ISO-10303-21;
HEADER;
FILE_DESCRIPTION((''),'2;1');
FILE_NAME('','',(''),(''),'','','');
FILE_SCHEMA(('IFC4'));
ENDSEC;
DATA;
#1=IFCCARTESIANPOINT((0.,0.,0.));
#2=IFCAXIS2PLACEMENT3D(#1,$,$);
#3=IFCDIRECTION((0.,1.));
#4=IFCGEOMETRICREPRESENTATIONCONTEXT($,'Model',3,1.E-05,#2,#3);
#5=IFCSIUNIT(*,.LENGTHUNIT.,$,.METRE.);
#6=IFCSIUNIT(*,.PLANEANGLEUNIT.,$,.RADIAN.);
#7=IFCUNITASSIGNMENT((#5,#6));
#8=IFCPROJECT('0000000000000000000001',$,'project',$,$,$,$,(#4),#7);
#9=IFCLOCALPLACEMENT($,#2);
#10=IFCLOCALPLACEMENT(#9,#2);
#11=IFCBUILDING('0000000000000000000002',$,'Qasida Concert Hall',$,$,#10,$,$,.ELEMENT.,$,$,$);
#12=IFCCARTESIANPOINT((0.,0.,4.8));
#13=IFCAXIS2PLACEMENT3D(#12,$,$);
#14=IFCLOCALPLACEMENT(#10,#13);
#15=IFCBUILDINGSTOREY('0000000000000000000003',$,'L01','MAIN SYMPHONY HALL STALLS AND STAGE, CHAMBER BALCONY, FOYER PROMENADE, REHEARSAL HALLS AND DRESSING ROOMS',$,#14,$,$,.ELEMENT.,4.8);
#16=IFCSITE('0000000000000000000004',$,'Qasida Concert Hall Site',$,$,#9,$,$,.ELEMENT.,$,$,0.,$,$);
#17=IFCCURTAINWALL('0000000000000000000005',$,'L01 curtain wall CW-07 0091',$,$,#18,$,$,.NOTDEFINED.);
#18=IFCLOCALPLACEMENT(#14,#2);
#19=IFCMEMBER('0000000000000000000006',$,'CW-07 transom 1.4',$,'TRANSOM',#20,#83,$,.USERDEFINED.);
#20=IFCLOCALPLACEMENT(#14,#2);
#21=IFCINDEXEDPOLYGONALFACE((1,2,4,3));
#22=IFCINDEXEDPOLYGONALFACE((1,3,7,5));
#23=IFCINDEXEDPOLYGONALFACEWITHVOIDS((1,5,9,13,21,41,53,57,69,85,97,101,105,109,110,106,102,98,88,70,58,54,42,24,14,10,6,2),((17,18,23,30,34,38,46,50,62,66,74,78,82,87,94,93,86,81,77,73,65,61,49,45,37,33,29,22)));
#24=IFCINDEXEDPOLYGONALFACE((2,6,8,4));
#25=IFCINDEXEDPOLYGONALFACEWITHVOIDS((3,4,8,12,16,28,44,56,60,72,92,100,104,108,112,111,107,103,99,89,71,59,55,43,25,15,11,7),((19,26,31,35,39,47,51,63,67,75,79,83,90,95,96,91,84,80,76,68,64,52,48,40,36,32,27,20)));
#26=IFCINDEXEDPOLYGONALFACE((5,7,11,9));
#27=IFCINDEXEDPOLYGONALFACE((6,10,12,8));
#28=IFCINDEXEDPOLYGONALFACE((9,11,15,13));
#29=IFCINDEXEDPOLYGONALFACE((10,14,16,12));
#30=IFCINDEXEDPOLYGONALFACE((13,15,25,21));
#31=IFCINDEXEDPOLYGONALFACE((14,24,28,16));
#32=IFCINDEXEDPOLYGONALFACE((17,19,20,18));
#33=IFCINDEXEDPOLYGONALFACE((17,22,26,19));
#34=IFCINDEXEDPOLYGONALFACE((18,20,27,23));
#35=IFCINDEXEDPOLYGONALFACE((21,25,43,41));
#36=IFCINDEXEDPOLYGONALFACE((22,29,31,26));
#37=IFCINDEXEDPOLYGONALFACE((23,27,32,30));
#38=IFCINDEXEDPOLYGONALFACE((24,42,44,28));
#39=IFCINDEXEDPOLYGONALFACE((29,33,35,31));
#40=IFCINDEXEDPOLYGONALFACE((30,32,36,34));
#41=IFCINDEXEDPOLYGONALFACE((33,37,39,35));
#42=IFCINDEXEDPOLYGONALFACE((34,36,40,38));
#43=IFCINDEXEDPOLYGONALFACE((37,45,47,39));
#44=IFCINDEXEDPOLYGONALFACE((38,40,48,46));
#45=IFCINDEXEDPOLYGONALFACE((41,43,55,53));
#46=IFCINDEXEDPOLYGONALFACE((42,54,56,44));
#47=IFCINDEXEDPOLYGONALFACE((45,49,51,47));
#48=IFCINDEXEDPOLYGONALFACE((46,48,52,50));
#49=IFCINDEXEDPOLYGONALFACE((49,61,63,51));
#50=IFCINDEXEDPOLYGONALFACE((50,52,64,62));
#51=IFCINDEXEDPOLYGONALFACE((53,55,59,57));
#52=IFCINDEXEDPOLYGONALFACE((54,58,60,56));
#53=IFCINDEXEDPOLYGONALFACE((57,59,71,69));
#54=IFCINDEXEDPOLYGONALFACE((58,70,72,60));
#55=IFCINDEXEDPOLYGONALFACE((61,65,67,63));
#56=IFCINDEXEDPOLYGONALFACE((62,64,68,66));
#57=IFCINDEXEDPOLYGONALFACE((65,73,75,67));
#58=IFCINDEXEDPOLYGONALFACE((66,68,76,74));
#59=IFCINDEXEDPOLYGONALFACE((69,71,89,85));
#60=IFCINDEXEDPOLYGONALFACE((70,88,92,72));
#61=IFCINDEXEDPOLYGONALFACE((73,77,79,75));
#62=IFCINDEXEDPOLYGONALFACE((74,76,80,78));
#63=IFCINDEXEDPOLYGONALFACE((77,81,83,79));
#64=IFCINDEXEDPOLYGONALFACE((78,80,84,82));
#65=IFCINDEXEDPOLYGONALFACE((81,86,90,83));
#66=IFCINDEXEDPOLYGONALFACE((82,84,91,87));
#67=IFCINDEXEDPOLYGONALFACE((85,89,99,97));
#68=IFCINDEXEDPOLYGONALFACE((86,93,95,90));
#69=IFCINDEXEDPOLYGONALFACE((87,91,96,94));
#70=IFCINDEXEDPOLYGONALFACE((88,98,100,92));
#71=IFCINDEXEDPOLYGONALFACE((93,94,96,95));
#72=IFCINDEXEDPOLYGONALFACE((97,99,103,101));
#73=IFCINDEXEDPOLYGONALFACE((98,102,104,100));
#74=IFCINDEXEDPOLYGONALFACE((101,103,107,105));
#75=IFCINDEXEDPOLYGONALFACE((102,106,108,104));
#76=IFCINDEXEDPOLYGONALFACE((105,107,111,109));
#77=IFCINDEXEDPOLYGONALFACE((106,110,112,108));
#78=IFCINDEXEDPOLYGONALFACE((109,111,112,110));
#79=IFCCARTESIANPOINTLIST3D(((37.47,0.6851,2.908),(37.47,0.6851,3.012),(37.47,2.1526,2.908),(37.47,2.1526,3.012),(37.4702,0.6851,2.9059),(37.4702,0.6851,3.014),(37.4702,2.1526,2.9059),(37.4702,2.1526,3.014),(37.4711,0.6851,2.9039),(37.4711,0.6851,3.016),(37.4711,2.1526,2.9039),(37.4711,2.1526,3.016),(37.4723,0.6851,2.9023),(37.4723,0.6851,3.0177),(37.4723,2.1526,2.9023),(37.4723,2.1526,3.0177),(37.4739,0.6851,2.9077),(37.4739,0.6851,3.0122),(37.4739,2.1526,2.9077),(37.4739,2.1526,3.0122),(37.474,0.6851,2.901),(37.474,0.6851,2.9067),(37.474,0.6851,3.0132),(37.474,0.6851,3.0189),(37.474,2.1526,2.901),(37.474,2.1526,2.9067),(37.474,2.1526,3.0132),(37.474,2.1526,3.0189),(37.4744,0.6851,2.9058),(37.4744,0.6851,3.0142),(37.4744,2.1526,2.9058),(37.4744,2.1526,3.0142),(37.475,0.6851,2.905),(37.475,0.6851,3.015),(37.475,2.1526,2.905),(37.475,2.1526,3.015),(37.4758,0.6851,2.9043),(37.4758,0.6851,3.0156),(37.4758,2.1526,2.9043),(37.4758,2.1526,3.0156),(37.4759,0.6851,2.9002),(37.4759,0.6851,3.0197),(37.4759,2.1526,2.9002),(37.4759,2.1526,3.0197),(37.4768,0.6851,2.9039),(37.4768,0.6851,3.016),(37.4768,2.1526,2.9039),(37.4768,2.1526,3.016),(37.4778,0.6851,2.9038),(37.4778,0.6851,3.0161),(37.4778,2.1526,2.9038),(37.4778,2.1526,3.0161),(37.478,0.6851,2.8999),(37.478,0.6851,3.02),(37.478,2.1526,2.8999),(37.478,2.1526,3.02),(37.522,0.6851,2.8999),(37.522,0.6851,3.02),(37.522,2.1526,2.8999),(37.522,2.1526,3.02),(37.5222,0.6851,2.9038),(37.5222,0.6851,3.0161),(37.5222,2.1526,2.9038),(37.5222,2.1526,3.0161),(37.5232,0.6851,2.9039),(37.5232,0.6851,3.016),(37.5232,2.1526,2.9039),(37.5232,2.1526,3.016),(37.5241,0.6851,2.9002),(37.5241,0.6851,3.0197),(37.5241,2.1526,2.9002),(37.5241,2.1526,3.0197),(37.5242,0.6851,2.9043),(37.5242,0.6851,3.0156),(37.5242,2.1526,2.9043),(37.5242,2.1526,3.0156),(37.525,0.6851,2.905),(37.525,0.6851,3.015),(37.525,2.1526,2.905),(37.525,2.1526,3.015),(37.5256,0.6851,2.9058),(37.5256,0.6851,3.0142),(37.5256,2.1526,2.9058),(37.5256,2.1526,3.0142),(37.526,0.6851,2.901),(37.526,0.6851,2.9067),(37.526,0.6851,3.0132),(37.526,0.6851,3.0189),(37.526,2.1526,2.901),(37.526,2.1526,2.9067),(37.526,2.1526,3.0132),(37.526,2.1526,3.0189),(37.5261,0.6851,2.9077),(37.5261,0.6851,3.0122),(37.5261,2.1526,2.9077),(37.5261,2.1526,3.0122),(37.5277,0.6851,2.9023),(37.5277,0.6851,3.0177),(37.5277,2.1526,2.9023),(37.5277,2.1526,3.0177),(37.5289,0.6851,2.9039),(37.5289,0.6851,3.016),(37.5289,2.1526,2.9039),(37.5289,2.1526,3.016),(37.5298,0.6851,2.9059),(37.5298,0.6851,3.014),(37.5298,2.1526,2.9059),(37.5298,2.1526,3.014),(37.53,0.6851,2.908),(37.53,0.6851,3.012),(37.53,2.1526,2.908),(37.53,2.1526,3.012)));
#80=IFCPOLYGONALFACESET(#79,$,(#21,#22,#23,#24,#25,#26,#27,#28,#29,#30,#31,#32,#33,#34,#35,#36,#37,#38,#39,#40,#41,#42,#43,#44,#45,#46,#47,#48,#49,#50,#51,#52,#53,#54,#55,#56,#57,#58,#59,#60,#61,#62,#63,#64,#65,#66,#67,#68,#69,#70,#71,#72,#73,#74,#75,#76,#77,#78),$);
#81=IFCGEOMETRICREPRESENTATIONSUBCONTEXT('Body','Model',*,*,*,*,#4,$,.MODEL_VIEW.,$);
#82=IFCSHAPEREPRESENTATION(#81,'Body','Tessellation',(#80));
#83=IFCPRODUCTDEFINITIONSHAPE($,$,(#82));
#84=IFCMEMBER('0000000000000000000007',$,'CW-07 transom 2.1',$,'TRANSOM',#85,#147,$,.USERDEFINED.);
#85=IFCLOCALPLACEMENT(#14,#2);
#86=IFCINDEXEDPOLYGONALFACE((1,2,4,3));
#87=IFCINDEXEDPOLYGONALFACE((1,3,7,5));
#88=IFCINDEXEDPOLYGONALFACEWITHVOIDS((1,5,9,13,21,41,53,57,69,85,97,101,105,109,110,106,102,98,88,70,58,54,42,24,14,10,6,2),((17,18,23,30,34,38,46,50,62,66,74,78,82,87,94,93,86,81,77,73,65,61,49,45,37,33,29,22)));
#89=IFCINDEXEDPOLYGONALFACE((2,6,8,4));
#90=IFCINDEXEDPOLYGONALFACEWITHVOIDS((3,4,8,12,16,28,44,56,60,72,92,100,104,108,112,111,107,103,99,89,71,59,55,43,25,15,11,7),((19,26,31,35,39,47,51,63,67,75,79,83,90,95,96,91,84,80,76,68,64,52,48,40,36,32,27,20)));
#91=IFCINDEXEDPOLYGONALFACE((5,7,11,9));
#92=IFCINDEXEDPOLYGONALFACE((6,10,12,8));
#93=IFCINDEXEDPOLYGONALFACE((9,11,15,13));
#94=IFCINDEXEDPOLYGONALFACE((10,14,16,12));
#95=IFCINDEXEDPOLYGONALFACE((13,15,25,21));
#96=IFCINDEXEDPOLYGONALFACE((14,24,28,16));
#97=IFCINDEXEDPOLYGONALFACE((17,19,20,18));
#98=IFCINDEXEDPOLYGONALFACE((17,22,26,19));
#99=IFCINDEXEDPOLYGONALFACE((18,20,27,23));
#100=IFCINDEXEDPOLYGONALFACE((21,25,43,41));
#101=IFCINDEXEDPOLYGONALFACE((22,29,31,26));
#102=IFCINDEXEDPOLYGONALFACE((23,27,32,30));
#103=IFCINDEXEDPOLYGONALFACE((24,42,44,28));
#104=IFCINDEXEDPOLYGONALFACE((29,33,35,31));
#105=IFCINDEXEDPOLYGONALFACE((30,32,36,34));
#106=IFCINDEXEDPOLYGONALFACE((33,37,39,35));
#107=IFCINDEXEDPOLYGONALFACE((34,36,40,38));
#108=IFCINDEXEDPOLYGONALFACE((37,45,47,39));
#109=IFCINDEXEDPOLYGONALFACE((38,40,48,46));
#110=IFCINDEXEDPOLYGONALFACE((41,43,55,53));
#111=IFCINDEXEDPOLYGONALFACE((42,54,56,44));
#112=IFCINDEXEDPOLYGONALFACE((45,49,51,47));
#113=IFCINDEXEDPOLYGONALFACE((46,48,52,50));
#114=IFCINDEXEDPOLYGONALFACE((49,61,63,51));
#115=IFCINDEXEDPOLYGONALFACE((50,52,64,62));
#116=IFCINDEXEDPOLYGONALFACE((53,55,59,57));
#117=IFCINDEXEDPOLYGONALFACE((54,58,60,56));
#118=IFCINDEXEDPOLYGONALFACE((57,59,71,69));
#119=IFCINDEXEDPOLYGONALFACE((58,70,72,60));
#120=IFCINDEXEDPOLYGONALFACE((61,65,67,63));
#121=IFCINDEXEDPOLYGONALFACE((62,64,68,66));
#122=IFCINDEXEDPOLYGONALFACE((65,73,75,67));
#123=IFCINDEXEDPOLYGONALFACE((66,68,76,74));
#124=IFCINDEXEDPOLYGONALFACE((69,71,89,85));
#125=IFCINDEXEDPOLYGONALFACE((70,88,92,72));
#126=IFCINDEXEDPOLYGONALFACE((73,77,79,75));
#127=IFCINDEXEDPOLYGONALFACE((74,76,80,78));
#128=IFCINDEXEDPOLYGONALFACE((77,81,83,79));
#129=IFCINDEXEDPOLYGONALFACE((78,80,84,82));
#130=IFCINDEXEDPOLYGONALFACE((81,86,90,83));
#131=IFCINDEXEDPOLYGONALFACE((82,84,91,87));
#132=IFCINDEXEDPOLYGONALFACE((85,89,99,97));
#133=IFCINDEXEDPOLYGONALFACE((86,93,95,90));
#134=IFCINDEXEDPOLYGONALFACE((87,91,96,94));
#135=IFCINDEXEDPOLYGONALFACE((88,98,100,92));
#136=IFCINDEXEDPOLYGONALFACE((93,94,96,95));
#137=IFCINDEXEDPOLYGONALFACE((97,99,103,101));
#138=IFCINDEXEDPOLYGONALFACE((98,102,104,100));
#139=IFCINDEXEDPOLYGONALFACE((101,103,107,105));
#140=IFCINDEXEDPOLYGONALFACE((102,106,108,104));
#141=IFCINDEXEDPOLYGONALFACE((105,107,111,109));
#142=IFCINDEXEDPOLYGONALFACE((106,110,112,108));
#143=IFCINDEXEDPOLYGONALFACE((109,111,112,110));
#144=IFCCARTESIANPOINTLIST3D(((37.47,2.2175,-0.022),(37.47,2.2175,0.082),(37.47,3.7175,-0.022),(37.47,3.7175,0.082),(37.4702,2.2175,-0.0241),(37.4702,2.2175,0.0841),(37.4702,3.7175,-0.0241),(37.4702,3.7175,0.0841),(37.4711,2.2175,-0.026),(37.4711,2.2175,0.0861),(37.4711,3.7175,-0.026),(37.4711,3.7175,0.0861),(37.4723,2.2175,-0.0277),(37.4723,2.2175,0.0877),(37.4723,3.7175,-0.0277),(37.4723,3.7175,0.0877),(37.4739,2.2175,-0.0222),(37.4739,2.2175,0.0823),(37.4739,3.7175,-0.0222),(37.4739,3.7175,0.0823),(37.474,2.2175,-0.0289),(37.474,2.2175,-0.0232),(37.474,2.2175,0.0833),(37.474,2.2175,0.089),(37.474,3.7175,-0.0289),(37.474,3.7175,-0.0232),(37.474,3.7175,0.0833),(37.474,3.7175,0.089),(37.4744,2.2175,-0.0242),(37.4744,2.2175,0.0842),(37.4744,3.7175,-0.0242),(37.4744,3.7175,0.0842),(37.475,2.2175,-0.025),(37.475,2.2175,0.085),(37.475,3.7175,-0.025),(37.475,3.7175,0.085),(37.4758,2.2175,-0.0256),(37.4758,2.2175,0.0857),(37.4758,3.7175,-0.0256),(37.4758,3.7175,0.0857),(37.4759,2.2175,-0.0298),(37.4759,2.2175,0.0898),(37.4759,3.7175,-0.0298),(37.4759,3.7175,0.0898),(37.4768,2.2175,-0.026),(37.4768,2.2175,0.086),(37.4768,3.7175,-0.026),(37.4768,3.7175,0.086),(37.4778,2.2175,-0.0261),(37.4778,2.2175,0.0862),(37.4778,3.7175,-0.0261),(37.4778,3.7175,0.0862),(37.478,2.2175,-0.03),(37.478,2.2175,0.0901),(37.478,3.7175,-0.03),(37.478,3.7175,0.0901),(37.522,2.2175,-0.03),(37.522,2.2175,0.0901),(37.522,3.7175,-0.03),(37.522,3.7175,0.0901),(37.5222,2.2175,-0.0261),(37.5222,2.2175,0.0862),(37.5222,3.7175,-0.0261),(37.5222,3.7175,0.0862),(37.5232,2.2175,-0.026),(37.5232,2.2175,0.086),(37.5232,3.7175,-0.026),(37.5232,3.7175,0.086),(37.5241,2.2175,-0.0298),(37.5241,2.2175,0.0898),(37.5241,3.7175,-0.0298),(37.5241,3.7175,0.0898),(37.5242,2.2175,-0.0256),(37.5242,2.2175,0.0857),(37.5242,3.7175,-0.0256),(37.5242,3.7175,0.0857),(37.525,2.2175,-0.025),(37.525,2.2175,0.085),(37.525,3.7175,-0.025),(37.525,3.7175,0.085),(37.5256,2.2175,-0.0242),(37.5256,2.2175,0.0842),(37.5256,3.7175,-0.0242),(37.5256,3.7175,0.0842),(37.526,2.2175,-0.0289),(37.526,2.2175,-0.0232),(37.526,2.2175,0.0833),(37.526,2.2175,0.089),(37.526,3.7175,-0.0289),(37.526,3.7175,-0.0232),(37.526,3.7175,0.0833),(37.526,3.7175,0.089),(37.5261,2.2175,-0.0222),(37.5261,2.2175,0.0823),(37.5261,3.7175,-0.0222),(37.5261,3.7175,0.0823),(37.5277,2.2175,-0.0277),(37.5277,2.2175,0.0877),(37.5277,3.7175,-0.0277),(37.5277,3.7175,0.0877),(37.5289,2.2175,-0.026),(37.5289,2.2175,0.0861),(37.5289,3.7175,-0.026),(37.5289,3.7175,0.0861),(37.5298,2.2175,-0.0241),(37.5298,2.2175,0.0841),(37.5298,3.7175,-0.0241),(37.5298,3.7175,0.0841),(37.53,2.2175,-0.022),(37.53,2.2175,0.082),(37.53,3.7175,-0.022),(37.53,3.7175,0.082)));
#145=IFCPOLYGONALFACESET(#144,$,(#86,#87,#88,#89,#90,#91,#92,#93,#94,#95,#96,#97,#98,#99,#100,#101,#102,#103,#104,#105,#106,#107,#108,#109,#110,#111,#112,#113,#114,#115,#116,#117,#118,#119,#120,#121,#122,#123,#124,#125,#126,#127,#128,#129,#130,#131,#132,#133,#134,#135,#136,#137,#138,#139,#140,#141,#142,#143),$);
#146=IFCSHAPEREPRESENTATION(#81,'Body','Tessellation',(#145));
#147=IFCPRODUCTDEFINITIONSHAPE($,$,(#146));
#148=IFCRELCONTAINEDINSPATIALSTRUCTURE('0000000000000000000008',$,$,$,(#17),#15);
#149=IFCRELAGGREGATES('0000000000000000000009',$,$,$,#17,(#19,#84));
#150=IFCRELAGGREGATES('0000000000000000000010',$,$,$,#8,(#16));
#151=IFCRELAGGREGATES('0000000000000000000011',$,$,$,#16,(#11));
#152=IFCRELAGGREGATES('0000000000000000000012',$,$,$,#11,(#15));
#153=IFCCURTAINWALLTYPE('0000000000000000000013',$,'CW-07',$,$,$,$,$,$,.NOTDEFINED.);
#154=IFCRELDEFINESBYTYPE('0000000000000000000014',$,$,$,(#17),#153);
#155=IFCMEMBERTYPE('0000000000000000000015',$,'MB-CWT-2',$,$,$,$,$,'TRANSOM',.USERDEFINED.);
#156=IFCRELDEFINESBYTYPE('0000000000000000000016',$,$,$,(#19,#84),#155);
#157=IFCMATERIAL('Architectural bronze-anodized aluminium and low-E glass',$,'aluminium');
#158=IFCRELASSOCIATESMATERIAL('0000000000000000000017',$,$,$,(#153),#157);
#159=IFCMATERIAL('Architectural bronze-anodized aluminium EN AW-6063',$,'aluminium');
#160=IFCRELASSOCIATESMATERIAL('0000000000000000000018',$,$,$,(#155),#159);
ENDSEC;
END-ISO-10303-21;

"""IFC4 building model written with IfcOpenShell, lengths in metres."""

from ifc_helpers import new_model, si_unit, direction, frame, origin, origin_2d, place, context, subcontext, project, spatial, hollow_rectangle, extrude, material, material_profile, profile_set, type_object, element, aggregate, save


model = new_model("IFC4")

# Units and contexts
model_context = context("Model", 3, precision=1e-05, world=origin(), true_north=direction((0.0, 1.0)))
body_context = subcontext(model_context, "Body", "Model", "MODEL_VIEW")
ifc_project = project(units=[si_unit("LENGTHUNIT", "METRE"), si_unit("PLANEANGLEUNIT", "RADIAN")], contexts=[model_context])

# Site, building, storey
site_placement = place(None, origin())
site = spatial("IfcSite", under=ifc_project, at=site_placement, Name="Qasida Concert Hall Site", CompositionType="ELEMENT", RefElevation=0.0)
building_placement = place(site_placement, origin())
building = spatial("IfcBuilding", under=site, at=building_placement, Name="Qasida Concert Hall", CompositionType="ELEMENT")
storey_placement = place(building_placement, frame((0.0, 0.0, 4.8)))
storey = spatial("IfcBuildingStorey", under=building, at=storey_placement, Name="L01", Description="MAIN SYMPHONY HALL STALLS AND STAGE, CHAMBER BALCONY, FOYER PROMENADE, REHEARSAL HALLS AND DRESSING ROOMS", CompositionType="ELEMENT", Elevation=4.8)

# Curtain wall, members
ifc_material_1 = material(Name="Architectural bronze-anodized aluminium and low-E glass", Category="aluminium")
curtain_wall_type = type_object("IfcCurtainWallType", Name="CW-07", PredefinedType="NOTDEFINED", material=ifc_material_1)
curtain_wall_placement = place(storey_placement, origin())
curtain_wall = element("IfcCurtainWall", 1, at=curtain_wall_placement, inside=storey, type_object=curtain_wall_type, Name="L01 curtain wall CW-07 0091", PredefinedType="NOTDEFINED")
ifc_material_2 = material(Name="Architectural bronze-anodized aluminium EN AW-6063", Category="aluminium")
ifc_material_profile_1 = material_profile(ifc_material_2, hollow_rectangle(XDim=0.0601, YDim=0.1201, WallThickness=0.0039, InnerFilletRadius=0.0039, OuterFilletRadius=0.0081, at=origin_2d()), Name="CWT 120x60x4")
ifc_profile_set_1 = profile_set([ifc_material_profile_1], Name="Architectural bronze-anodized aluminium EN AW-6063")
member_type_1 = type_object("IfcMemberType", Name="MB-CWT-2", ElementType="TRANSOM", PredefinedType="USERDEFINED", material=ifc_profile_set_1)
member_1_placement = place(storey_placement, frame((37.5, 0.6851, 2.96), z_axis=(0.0, 1.0, 0.0), x_axis=(-1.0, 0.0, 0.0)))
member_1 = element("IfcMember", 2, at=member_1_placement, type_object=member_type_1, Name="CW-07 transom 1.4", ObjectType="TRANSOM", PredefinedType="USERDEFINED", context=body_context, shape_type="SweptSolid", body=[
    extrude(hollow_rectangle(XDim=0.0601, YDim=0.1201, WallThickness=0.0039, InnerFilletRadius=0.0039, OuterFilletRadius=0.0081, at=origin_2d()), origin(), (0.0, 0.0, 1.0), 1.4675),
])
member_2_placement = place(storey_placement, frame((37.5, 2.2175, 0.03), z_axis=(0.0, 1.0, 0.0), x_axis=(-1.0, 0.0, 0.0)))
member_2 = element("IfcMember", 3, at=member_2_placement, type_object=member_type_1, Name="CW-07 transom 2.1", ObjectType="TRANSOM", PredefinedType="USERDEFINED", context=body_context, shape_type="SweptSolid", body=[
    extrude(hollow_rectangle(XDim=0.0601, YDim=0.1201, WallThickness=0.0039, InnerFilletRadius=0.0039, OuterFilletRadius=0.0081, at=origin_2d()), origin(), (0.0, 0.0, 1.0), 1.5),
])
aggregate(curtain_wall, [member_1, member_2])

save(model, "model.ifc")
